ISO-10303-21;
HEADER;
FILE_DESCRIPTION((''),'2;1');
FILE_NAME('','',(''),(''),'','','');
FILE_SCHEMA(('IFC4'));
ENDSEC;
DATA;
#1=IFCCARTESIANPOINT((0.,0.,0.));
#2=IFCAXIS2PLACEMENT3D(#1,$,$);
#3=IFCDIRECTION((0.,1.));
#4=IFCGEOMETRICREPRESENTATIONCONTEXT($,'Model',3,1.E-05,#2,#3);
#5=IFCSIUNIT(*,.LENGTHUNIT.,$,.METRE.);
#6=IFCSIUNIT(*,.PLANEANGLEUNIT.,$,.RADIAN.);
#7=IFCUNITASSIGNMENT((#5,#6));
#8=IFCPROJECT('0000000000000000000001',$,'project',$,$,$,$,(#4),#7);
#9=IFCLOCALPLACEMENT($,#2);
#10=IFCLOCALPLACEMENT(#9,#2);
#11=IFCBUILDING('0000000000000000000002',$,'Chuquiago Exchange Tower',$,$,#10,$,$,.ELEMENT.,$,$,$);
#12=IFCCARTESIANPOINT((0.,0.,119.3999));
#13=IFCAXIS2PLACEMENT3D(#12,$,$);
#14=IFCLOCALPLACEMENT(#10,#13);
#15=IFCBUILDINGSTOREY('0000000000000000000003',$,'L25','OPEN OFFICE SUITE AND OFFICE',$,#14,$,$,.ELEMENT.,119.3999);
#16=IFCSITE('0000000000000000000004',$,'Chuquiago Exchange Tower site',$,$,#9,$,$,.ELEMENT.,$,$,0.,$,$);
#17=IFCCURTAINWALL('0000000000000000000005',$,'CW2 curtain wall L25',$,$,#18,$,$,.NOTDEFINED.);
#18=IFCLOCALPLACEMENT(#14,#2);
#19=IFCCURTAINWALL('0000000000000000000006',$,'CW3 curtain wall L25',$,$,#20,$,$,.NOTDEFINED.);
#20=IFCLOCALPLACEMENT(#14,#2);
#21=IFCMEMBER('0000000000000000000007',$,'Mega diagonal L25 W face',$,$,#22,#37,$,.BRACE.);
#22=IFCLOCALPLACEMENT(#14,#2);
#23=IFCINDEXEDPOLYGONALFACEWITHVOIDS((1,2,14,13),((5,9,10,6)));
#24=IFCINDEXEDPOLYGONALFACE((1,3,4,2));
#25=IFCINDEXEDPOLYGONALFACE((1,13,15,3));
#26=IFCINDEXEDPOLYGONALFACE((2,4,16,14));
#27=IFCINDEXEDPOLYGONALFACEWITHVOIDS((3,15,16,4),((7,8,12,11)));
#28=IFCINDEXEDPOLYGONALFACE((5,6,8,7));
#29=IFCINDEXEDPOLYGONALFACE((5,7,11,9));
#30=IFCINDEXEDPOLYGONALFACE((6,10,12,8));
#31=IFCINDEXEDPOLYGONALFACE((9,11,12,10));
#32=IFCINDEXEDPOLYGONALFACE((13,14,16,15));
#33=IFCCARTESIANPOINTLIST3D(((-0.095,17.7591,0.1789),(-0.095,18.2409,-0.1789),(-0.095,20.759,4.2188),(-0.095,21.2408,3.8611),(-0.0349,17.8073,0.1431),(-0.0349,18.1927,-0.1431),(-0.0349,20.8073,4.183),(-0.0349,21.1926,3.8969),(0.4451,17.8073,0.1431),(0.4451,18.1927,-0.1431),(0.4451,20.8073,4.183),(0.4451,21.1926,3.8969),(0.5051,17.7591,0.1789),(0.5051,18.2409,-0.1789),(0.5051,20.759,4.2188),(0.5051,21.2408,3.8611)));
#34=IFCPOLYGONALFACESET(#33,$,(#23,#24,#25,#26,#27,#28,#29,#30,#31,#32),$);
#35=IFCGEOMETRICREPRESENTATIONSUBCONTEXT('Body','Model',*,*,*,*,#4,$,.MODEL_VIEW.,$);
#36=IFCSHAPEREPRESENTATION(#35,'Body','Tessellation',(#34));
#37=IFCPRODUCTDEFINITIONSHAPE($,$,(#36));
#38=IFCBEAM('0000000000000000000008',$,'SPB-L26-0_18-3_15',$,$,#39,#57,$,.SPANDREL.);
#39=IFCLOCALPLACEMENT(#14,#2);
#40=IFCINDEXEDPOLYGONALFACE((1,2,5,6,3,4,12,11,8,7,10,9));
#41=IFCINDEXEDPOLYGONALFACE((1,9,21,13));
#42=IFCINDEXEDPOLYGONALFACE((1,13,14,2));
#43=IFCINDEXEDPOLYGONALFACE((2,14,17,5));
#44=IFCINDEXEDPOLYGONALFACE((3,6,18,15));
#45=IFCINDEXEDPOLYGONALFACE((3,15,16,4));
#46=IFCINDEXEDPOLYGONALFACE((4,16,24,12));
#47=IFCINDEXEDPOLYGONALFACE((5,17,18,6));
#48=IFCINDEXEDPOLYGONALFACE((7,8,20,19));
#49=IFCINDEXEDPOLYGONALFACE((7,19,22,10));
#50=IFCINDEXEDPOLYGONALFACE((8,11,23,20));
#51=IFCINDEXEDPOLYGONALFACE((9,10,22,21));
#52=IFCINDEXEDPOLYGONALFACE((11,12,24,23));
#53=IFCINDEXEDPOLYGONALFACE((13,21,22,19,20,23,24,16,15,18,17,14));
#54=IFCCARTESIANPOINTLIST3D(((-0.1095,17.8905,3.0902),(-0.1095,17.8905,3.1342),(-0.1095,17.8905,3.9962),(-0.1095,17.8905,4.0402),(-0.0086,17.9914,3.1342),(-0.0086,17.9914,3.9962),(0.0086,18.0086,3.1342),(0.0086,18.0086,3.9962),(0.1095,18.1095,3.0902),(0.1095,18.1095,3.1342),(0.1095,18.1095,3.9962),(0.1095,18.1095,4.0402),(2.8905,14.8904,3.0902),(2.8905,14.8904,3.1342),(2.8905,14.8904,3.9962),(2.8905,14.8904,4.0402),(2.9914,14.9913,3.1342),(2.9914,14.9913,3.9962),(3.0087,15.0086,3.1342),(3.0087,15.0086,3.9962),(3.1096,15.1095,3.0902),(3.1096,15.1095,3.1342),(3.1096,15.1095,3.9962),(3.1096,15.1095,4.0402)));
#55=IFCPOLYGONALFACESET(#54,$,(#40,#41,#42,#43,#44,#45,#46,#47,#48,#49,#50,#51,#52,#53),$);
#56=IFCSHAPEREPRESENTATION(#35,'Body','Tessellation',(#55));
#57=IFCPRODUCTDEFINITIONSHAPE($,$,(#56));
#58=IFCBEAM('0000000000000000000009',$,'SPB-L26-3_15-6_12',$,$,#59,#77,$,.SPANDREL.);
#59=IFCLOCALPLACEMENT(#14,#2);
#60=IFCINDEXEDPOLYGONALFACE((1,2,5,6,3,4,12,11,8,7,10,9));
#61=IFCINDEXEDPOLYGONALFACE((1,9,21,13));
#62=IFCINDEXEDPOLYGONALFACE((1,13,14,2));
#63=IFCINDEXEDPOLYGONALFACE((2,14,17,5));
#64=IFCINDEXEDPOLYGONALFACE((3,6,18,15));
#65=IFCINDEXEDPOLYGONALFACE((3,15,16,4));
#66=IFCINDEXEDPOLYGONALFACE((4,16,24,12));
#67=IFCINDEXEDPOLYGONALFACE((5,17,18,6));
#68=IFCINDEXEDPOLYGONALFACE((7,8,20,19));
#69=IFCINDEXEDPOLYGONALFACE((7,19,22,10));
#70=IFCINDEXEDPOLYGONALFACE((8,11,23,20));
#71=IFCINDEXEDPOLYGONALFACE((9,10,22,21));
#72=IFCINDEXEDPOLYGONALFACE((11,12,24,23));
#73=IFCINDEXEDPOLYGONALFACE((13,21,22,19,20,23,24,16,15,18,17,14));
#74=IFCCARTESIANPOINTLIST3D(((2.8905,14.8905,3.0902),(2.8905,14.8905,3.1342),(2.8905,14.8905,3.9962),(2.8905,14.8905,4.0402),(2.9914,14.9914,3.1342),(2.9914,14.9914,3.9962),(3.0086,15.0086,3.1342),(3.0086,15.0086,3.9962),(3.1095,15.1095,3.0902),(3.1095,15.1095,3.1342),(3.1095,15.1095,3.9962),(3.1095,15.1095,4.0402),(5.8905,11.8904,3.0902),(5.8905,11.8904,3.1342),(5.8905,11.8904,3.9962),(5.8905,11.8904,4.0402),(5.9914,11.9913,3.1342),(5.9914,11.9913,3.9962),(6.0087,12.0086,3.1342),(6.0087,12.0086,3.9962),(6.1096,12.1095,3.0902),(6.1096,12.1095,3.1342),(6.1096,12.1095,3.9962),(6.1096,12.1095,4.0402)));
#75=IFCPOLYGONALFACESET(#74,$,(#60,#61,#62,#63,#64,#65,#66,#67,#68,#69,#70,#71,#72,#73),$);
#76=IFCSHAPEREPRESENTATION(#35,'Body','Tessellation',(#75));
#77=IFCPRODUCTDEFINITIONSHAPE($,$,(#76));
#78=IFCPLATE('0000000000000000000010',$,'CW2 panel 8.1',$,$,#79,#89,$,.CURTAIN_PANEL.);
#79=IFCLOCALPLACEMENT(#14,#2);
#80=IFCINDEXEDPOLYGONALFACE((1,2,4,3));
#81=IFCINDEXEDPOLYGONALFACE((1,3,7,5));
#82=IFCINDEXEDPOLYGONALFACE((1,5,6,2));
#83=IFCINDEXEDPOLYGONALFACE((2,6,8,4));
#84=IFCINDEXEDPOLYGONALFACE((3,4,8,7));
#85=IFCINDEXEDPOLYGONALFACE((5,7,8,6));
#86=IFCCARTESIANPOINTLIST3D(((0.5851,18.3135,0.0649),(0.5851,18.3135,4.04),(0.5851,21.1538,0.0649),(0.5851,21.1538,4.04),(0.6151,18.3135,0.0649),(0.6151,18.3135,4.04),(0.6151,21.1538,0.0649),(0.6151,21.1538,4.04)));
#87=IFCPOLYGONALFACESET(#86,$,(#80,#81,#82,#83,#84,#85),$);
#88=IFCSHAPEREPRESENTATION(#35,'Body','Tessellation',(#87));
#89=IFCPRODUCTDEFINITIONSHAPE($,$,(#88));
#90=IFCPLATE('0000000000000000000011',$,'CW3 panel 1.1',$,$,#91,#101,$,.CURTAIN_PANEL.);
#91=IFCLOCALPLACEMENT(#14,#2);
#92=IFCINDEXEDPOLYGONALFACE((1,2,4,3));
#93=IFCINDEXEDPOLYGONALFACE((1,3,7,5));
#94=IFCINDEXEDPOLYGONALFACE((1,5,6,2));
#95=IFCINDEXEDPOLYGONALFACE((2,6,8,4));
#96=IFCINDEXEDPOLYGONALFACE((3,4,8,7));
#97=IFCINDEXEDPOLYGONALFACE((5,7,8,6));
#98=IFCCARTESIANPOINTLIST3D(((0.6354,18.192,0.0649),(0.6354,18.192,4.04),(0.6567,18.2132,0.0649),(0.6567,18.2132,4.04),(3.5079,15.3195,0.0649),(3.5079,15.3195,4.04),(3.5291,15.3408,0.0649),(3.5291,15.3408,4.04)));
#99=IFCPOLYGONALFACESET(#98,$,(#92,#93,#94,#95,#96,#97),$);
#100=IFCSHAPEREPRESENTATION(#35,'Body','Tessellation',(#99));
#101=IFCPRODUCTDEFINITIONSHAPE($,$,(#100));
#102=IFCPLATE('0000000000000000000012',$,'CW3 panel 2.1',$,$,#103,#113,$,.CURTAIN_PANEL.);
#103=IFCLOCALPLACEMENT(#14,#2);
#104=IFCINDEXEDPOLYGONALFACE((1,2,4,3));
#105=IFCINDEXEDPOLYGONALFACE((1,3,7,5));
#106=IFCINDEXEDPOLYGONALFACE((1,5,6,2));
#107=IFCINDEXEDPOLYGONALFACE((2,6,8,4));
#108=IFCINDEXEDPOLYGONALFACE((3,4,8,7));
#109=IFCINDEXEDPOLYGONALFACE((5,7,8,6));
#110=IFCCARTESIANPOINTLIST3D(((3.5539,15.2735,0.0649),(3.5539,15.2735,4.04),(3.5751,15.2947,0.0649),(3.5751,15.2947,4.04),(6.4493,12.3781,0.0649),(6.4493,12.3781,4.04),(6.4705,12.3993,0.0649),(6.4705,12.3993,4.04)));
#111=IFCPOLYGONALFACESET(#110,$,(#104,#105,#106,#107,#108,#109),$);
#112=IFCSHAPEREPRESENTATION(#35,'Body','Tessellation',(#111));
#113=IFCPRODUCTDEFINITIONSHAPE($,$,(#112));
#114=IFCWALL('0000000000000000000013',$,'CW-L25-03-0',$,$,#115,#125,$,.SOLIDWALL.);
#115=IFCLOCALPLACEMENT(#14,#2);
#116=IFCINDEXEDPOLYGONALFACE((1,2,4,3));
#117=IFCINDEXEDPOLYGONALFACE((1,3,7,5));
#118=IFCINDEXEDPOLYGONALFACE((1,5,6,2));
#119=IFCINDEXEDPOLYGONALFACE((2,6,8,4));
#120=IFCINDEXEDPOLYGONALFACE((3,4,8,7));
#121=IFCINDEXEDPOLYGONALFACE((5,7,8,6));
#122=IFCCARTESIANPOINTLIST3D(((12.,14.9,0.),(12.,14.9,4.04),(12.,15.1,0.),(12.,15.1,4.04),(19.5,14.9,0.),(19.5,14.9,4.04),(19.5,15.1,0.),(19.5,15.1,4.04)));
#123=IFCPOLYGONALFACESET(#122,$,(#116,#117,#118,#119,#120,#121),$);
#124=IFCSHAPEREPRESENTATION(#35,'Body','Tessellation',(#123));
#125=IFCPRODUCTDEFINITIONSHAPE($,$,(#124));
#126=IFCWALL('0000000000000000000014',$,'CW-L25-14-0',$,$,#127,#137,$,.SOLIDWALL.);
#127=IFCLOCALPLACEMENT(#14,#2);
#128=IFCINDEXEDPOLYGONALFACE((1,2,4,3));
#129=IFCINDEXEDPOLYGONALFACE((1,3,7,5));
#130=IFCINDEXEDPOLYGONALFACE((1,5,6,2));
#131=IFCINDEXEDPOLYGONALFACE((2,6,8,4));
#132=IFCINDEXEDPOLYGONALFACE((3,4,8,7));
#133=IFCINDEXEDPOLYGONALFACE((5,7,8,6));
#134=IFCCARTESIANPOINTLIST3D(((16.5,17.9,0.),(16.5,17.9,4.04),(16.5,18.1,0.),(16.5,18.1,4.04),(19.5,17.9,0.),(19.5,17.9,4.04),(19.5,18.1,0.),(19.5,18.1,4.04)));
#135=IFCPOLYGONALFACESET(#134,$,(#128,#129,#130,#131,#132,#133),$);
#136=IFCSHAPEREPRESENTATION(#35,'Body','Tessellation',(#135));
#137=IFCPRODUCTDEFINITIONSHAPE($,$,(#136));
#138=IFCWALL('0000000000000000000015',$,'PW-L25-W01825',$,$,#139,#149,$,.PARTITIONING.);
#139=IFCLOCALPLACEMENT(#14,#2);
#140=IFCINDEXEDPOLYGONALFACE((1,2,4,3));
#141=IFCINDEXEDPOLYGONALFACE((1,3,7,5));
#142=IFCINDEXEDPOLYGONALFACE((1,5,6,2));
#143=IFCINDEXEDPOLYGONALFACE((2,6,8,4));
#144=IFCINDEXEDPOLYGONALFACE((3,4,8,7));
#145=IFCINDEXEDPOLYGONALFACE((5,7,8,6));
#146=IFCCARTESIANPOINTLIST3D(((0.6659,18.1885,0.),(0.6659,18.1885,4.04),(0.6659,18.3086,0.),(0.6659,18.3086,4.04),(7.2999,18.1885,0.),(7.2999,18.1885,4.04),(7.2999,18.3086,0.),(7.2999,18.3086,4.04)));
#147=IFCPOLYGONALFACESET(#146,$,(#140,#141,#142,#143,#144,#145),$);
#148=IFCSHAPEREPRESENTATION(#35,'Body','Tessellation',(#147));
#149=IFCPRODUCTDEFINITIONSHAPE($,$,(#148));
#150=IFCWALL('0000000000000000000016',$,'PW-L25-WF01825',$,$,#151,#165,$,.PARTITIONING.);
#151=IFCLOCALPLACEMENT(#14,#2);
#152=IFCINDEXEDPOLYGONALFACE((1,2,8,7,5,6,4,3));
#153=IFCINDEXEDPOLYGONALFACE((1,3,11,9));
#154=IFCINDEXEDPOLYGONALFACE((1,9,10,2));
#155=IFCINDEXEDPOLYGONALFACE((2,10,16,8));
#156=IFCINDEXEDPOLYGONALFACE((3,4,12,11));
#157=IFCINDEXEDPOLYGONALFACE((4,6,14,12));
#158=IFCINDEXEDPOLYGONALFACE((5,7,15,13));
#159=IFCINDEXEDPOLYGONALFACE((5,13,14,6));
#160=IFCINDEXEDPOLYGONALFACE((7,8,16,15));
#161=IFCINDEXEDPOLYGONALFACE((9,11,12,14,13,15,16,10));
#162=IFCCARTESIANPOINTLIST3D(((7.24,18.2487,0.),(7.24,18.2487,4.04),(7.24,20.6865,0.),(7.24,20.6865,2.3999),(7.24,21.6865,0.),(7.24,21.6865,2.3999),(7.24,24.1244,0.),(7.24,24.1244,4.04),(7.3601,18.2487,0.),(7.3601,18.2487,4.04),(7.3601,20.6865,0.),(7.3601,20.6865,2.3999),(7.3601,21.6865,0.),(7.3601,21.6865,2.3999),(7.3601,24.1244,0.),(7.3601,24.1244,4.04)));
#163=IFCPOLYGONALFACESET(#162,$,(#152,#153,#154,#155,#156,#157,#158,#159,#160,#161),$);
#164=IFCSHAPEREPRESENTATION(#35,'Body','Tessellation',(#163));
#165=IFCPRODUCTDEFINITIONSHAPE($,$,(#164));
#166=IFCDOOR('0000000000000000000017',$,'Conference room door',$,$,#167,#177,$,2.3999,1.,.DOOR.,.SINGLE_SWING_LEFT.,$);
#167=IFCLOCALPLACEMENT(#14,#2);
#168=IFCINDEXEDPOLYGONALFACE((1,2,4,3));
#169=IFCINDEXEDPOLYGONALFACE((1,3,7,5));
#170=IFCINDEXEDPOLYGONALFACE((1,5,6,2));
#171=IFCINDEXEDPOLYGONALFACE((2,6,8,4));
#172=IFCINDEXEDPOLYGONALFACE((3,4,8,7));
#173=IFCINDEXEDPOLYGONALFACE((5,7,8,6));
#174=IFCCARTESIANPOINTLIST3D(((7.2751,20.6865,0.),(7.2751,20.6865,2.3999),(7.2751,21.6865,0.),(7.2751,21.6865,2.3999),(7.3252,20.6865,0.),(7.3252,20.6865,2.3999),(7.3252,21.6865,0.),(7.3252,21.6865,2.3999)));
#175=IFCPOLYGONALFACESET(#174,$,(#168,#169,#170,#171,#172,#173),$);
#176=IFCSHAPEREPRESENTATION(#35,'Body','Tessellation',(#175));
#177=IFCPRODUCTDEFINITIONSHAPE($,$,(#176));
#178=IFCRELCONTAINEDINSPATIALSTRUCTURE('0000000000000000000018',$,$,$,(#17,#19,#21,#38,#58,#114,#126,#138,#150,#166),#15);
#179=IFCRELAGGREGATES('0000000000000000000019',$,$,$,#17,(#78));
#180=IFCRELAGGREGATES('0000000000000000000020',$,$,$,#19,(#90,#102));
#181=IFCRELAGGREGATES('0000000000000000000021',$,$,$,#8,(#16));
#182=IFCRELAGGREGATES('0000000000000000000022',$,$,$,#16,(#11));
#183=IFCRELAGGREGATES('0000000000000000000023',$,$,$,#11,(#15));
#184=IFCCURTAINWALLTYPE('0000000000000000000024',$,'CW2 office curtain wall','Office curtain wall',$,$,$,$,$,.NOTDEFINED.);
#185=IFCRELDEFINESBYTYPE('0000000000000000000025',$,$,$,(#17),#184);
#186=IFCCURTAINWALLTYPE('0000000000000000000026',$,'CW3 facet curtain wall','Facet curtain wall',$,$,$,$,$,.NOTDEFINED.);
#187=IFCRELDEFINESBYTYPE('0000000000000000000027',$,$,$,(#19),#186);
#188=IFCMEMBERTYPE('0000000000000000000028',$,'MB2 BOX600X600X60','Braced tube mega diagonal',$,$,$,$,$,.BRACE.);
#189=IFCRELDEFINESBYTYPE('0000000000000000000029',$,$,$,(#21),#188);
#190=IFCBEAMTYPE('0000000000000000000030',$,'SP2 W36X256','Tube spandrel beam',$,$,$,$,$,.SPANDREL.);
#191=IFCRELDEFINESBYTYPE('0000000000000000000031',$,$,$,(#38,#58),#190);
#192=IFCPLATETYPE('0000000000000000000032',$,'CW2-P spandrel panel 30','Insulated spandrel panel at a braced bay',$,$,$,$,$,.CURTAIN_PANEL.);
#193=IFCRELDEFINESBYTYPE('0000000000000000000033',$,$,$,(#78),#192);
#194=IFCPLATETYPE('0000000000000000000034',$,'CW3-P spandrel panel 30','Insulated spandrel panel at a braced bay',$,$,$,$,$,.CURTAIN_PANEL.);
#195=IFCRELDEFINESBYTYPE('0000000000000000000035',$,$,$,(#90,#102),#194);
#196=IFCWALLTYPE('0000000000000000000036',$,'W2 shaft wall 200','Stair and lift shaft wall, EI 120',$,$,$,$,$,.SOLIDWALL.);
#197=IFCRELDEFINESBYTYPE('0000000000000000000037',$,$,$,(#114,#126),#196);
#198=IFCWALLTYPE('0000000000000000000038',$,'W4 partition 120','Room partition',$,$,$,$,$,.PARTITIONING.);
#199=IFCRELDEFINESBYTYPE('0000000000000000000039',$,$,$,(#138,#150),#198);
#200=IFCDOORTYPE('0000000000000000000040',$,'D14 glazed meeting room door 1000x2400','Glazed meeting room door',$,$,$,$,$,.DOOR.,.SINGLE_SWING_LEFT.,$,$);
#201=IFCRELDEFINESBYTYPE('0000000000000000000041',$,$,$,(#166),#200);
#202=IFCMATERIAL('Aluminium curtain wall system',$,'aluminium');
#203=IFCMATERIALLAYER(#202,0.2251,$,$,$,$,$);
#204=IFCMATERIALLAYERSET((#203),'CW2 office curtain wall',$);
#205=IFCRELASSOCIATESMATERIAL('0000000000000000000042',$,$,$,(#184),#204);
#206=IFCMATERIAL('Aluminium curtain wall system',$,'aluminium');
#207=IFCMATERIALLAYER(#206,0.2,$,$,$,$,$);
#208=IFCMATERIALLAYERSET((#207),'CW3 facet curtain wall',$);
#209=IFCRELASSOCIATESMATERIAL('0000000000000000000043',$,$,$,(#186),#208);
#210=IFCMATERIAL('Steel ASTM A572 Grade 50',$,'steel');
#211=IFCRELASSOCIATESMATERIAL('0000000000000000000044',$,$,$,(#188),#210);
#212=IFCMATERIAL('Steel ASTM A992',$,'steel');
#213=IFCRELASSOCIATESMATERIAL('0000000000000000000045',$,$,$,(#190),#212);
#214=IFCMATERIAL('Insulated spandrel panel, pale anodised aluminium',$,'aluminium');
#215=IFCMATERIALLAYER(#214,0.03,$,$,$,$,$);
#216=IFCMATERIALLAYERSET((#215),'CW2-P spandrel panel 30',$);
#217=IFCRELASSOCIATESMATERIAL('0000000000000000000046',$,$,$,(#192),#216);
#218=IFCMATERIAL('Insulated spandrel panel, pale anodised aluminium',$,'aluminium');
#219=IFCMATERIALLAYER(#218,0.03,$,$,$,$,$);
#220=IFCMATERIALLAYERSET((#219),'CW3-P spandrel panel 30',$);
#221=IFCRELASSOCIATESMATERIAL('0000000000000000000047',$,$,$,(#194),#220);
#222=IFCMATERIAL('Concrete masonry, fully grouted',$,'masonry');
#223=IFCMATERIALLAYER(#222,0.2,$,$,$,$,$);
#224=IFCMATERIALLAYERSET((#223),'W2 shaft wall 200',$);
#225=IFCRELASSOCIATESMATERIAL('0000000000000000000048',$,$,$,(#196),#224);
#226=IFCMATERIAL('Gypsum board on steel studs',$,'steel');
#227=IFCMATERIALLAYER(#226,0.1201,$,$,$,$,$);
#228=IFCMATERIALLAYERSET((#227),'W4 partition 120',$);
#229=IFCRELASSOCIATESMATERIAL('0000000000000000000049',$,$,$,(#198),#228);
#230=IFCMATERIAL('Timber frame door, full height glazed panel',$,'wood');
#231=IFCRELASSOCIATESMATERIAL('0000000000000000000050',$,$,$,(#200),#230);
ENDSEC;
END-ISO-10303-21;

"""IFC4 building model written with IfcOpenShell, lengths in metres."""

from ifc_helpers import new_model, si_unit, direction, frame, frame_2d, origin, origin_2d, place, context, subcontext, project, spatial, rectangle, hollow_rectangle, i_section, extrude, material, layer, layer_set, material_profile, profile_set, type_object, element, fill, aggregate, save


model = new_model("IFC4")

# Units and contexts
model_context = context("Model", 3, precision=1e-05, world=origin(), true_north=direction((0.0, 1.0)))
body_context = subcontext(model_context, "Body", "Model", "MODEL_VIEW")
ifc_project = project(units=[si_unit("LENGTHUNIT", "METRE"), si_unit("PLANEANGLEUNIT", "RADIAN")], contexts=[model_context])

# Site, building, storey
site_placement = place(None, origin())
site = spatial("IfcSite", under=ifc_project, at=site_placement, Name="Chuquiago Exchange Tower site", CompositionType="ELEMENT", RefElevation=0.0)
building_placement = place(site_placement, origin())
building = spatial("IfcBuilding", under=site, at=building_placement, Name="Chuquiago Exchange Tower", CompositionType="ELEMENT")
storey_placement = place(building_placement, frame((0.0, 0.0, 119.3999)))
storey = spatial("IfcBuildingStorey", under=building, at=storey_placement, Name="L25", Description="OPEN OFFICE SUITE AND OFFICE", CompositionType="ELEMENT", Elevation=119.3999)

# Curtain wall
ifc_material_1 = material(Name="Aluminium curtain wall system", Category="aluminium")
ifc_layer_1 = layer(ifc_material_1, 0.2251)
ifc_layer_set_1 = layer_set([ifc_layer_1], Name="CW2 office curtain wall")
curtain_wall_type_1 = type_object("IfcCurtainWallType", Name="CW2 office curtain wall", Description="Office curtain wall", PredefinedType="NOTDEFINED", material=ifc_layer_set_1)
curtain_wall_1_placement = place(storey_placement, origin())
curtain_wall_1 = element("IfcCurtainWall", 1, at=curtain_wall_1_placement, inside=storey, type_object=curtain_wall_type_1, Name="CW2 curtain wall L25", PredefinedType="NOTDEFINED")

# Curtain wall
ifc_material_2 = material(Name="Aluminium curtain wall system", Category="aluminium")
ifc_layer_2 = layer(ifc_material_2, 0.2)
ifc_layer_set_2 = layer_set([ifc_layer_2], Name="CW3 facet curtain wall")
curtain_wall_type_2 = type_object("IfcCurtainWallType", Name="CW3 facet curtain wall", Description="Facet curtain wall", PredefinedType="NOTDEFINED", material=ifc_layer_set_2)
curtain_wall_2_placement = place(storey_placement, origin())
curtain_wall_2 = element("IfcCurtainWall", 2, at=curtain_wall_2_placement, inside=storey, type_object=curtain_wall_type_2, Name="CW3 curtain wall L25", PredefinedType="NOTDEFINED")

# Member
ifc_material_3 = material(Name="Steel ASTM A572 Grade 50", Category="steel")
ifc_material_profile_1 = material_profile(ifc_material_3, hollow_rectangle(XDim=0.6001, YDim=0.6001, WallThickness=0.0601, at=origin_2d()), Name="BOX600X600X60")
ifc_profile_set_1 = profile_set([ifc_material_profile_1], Name="Steel ASTM A572 Grade 50")
member_type_1 = type_object("IfcMemberType", Name="MB2 BOX600X600X60", Description="Braced tube mega diagonal", PredefinedType="BRACE", material=ifc_profile_set_1)
member_1_placement = place(storey_placement, frame((0.2051, 18.0, 0.0), z_axis=(0.0, 0.596174, 0.802855), x_axis=(-1.0, 0.0, 0.0)))
element("IfcMember", 3, at=member_1_placement, inside=storey, type_object=member_type_1, Name="Mega diagonal L25 W face", PredefinedType="BRACE", context=body_context, shape_type="SweptSolid", body=[
    extrude(hollow_rectangle(XDim=0.6001, YDim=0.6001, WallThickness=0.0601, at=origin_2d()), origin(), (0.0, 0.0, 1.0), 5.032),
])

# Beams
ifc_material_4 = material(Name="Steel ASTM A992", Category="steel")
ifc_material_profile_2 = material_profile(ifc_material_4, i_section(OverallWidth=0.3098, OverallDepth=0.95, WebThickness=0.0244, FlangeThickness=0.0439, at=origin_2d()), Name="W36X256")
ifc_profile_set_2 = profile_set([ifc_material_profile_2], Name="Steel ASTM A992")
beam_type_1 = type_object("IfcBeamType", Name="SP2 W36X256", Description="Tube spandrel beam", PredefinedType="SPANDREL", material=ifc_profile_set_2)
for number, where, z_axis, x_axis, name in (
    (4, (0.0, 18.0, 3.5652), (0.707107, -0.707107, 0.0), (0.707107, 0.707107, 0.0), "SPB-L26-0_18-3_15"),
    (5, (3.0, 15.0, 3.5652), (0.707107, -0.707107, 0.0), (0.707107, 0.707107, 0.0), "SPB-L26-3_15-6_12"),
):
    element("IfcBeam", number, at=place(storey_placement, frame(where, z_axis=z_axis, x_axis=x_axis)), inside=storey, type_object=beam_type_1, Name=name, PredefinedType="SPANDREL", context=body_context, shape_type="SweptSolid", body=[
        extrude(i_section(OverallWidth=0.3098, OverallDepth=0.95, WebThickness=0.0244, FlangeThickness=0.0439, at=origin_2d()), origin(), (0.0, 0.0, 1.0), 4.2427),
    ])

# Plates
ifc_material_5 = material(Name="Insulated spandrel panel, pale anodised aluminium", Category="aluminium")
ifc_layer_3 = layer(ifc_material_5, 0.03)
ifc_layer_set_3 = layer_set([ifc_layer_3], Name="CW2-P spandrel panel 30")
plate_type_1 = type_object("IfcPlateType", Name="CW2-P spandrel panel 30", Description="Insulated spandrel panel at a braced bay", PredefinedType="CURTAIN_PANEL", material=ifc_layer_set_3)
plate_1_placement = place(storey_placement, frame((0.6001, 19.7336, 0.0649), z_axis=(0.0, 0.0, 1.0), x_axis=(0.0, -1.0, 0.0)))
plate_1 = element("IfcPlate", 6, at=plate_1_placement, type_object=plate_type_1, Name="CW2 panel 8.1", PredefinedType="CURTAIN_PANEL", context=body_context, shape_type="SweptSolid", body=[
    extrude(rectangle(XDim=2.8403, YDim=0.03, at=origin_2d()), origin(), (0.0, 0.0, 1.0), 3.9751),
])
aggregate(curtain_wall_1, [plate_1])
ifc_material_6 = material(Name="Insulated spandrel panel, pale anodised aluminium", Category="aluminium")
ifc_layer_4 = layer(ifc_material_6, 0.03)
ifc_layer_set_4 = layer_set([ifc_layer_4], Name="CW3-P spandrel panel 30")
plate_type_2 = type_object("IfcPlateType", Name="CW3-P spandrel panel 30", Description="Insulated spandrel panel at a braced bay", PredefinedType="CURTAIN_PANEL", material=ifc_layer_set_4)
plate_2_placement = place(storey_placement, frame((2.0823, 16.7664, 0.0649), z_axis=(0.0, 0.0, 1.0), x_axis=(0.707107, -0.707107, 0.0)))
plate_2 = element("IfcPlate", 7, at=plate_2_placement, type_object=plate_type_2, Name="CW3 panel 1.1", PredefinedType="CURTAIN_PANEL", context=body_context, shape_type="SweptSolid", body=[
    extrude(rectangle(XDim=4.0623, YDim=0.03, at=origin_2d()), origin(), (0.0, 0.0, 1.0), 3.9751),
])
plate_3_placement = place(storey_placement, frame((5.0122, 13.8364, 0.0649), z_axis=(0.0, 0.0, 1.0), x_axis=(0.707107, -0.707107, 0.0)))
plate_3 = element("IfcPlate", 8, at=plate_3_placement, type_object=plate_type_2, Name="CW3 panel 2.1", PredefinedType="CURTAIN_PANEL", context=body_context, shape_type="SweptSolid", body=[
    extrude(rectangle(XDim=4.0947, YDim=0.03, at=origin_2d()), origin(), (0.0, 0.0, 1.0), 3.9751),
])
aggregate(curtain_wall_2, [plate_2, plate_3])

# Walls
ifc_material_7 = material(Name="Concrete masonry, fully grouted", Category="masonry")
ifc_layer_5 = layer(ifc_material_7, 0.2)
ifc_layer_set_5 = layer_set([ifc_layer_5], Name="W2 shaft wall 200")
wall_type_1 = type_object("IfcWallType", Name="W2 shaft wall 200", Description="Stair and lift shaft wall, EI 120", PredefinedType="SOLIDWALL", material=ifc_layer_set_5)
wall_1_placement = place(storey_placement, frame((12.0, 15.0, 0.0), z_axis=(0.0, 0.0, 1.0), x_axis=(1.0, 0.0, 0.0)))
element("IfcWall", 9, at=wall_1_placement, inside=storey, type_object=wall_type_1, Name="CW-L25-03-0", PredefinedType="SOLIDWALL", context=body_context, shape_type="SweptSolid", body=[
    extrude(rectangle(XDim=7.5, YDim=0.2, at=frame_2d((3.75, 0.0))), origin(), (0.0, 0.0, 1.0), 4.04),
])
wall_2_placement = place(storey_placement, frame((16.5, 18.0, 0.0), z_axis=(0.0, 0.0, 1.0), x_axis=(1.0, 0.0, 0.0)))
element("IfcWall", 10, at=wall_2_placement, inside=storey, type_object=wall_type_1, Name="CW-L25-14-0", PredefinedType="SOLIDWALL", context=body_context, shape_type="SweptSolid", body=[
    extrude(rectangle(XDim=3.0, YDim=0.2, at=frame_2d((1.5, 0.0))), origin(), (0.0, 0.0, 1.0), 4.04),
])
ifc_material_8 = material(Name="Gypsum board on steel studs", Category="steel")
ifc_layer_6 = layer(ifc_material_8, 0.1201)
ifc_layer_set_6 = layer_set([ifc_layer_6], Name="W4 partition 120")
wall_type_2 = type_object("IfcWallType", Name="W4 partition 120", Description="Room partition", PredefinedType="PARTITIONING", material=ifc_layer_set_6)
wall_3_placement = place(storey_placement, frame((0.666, 18.2485, 0.0), z_axis=(0.0, 0.0, 1.0), x_axis=(1.0, 0.0, 0.0)))
element("IfcWall", 11, at=wall_3_placement, inside=storey, type_object=wall_type_2, Name="PW-L25-W01825", PredefinedType="PARTITIONING", context=body_context, shape_type="SweptSolid", body=[
    extrude(rectangle(XDim=6.634, YDim=0.1201, at=frame_2d((3.3169, 0.0))), origin(), (0.0, 0.0, 1.0), 4.04),
])

# Wall, opening, door
wall_4_placement = place(storey_placement, frame((7.3, 18.2485, 0.0), z_axis=(0.0, 0.0, 1.0), x_axis=(0.0, 1.0, 0.0)))
wall_4 = element("IfcWall", 12, at=wall_4_placement, inside=storey, type_object=wall_type_2, Name="PW-L25-WF01825", PredefinedType="PARTITIONING", context=body_context, shape_type="SweptSolid", body=[
    extrude(rectangle(XDim=5.8757, YDim=0.1201, at=frame_2d((2.938, 0.0))), origin(), (0.0, 0.0, 1.0), 4.04),
])
opening_placement = place(wall_4_placement, frame((2.438, 0.0, 0.0)))
opening = element("IfcOpeningElement", 13, at=opening_placement, cuts=wall_4, PredefinedType="OPENING", context=body_context, shape_type="SweptSolid", body=[
    extrude(rectangle(XDim=1.0, YDim=2.3999, at=frame_2d((0.5, 1.2))), frame((0.0, 0.0701, 0.0), z_axis=(0.0, -1.0, 0.0), x_axis=(1.0, 0.0, 0.0)), (0.0, 0.0, 1.0), 0.1401),
])
ifc_material_9 = material(Name="Timber frame door, full height glazed panel", Category="wood")
door_type = type_object("IfcDoorType", Name="D14 glazed meeting room door 1000x2400", Description="Glazed meeting room door", OperationType="SINGLE_SWING_LEFT", PredefinedType="DOOR", material=ifc_material_9)
door_placement = place(opening_placement, origin())
door = element("IfcDoor", 14, at=door_placement, inside=storey, type_object=door_type, Name="Conference room door", OperationType="SINGLE_SWING_LEFT", OverallHeight=2.3999, OverallWidth=1.0, PredefinedType="DOOR", context=body_context, shape_type="SweptSolid", body=[
    extrude(rectangle(XDim=1.0, YDim=2.3999, at=frame_2d((0.5, 1.2))), frame((0.0, 0.0249, 0.0), z_axis=(0.0, -1.0, 0.0), x_axis=(1.0, 0.0, 0.0)), (0.0, 0.0, 1.0), 0.05),
])
fill(opening, door)

save(model, "model.ifc")
